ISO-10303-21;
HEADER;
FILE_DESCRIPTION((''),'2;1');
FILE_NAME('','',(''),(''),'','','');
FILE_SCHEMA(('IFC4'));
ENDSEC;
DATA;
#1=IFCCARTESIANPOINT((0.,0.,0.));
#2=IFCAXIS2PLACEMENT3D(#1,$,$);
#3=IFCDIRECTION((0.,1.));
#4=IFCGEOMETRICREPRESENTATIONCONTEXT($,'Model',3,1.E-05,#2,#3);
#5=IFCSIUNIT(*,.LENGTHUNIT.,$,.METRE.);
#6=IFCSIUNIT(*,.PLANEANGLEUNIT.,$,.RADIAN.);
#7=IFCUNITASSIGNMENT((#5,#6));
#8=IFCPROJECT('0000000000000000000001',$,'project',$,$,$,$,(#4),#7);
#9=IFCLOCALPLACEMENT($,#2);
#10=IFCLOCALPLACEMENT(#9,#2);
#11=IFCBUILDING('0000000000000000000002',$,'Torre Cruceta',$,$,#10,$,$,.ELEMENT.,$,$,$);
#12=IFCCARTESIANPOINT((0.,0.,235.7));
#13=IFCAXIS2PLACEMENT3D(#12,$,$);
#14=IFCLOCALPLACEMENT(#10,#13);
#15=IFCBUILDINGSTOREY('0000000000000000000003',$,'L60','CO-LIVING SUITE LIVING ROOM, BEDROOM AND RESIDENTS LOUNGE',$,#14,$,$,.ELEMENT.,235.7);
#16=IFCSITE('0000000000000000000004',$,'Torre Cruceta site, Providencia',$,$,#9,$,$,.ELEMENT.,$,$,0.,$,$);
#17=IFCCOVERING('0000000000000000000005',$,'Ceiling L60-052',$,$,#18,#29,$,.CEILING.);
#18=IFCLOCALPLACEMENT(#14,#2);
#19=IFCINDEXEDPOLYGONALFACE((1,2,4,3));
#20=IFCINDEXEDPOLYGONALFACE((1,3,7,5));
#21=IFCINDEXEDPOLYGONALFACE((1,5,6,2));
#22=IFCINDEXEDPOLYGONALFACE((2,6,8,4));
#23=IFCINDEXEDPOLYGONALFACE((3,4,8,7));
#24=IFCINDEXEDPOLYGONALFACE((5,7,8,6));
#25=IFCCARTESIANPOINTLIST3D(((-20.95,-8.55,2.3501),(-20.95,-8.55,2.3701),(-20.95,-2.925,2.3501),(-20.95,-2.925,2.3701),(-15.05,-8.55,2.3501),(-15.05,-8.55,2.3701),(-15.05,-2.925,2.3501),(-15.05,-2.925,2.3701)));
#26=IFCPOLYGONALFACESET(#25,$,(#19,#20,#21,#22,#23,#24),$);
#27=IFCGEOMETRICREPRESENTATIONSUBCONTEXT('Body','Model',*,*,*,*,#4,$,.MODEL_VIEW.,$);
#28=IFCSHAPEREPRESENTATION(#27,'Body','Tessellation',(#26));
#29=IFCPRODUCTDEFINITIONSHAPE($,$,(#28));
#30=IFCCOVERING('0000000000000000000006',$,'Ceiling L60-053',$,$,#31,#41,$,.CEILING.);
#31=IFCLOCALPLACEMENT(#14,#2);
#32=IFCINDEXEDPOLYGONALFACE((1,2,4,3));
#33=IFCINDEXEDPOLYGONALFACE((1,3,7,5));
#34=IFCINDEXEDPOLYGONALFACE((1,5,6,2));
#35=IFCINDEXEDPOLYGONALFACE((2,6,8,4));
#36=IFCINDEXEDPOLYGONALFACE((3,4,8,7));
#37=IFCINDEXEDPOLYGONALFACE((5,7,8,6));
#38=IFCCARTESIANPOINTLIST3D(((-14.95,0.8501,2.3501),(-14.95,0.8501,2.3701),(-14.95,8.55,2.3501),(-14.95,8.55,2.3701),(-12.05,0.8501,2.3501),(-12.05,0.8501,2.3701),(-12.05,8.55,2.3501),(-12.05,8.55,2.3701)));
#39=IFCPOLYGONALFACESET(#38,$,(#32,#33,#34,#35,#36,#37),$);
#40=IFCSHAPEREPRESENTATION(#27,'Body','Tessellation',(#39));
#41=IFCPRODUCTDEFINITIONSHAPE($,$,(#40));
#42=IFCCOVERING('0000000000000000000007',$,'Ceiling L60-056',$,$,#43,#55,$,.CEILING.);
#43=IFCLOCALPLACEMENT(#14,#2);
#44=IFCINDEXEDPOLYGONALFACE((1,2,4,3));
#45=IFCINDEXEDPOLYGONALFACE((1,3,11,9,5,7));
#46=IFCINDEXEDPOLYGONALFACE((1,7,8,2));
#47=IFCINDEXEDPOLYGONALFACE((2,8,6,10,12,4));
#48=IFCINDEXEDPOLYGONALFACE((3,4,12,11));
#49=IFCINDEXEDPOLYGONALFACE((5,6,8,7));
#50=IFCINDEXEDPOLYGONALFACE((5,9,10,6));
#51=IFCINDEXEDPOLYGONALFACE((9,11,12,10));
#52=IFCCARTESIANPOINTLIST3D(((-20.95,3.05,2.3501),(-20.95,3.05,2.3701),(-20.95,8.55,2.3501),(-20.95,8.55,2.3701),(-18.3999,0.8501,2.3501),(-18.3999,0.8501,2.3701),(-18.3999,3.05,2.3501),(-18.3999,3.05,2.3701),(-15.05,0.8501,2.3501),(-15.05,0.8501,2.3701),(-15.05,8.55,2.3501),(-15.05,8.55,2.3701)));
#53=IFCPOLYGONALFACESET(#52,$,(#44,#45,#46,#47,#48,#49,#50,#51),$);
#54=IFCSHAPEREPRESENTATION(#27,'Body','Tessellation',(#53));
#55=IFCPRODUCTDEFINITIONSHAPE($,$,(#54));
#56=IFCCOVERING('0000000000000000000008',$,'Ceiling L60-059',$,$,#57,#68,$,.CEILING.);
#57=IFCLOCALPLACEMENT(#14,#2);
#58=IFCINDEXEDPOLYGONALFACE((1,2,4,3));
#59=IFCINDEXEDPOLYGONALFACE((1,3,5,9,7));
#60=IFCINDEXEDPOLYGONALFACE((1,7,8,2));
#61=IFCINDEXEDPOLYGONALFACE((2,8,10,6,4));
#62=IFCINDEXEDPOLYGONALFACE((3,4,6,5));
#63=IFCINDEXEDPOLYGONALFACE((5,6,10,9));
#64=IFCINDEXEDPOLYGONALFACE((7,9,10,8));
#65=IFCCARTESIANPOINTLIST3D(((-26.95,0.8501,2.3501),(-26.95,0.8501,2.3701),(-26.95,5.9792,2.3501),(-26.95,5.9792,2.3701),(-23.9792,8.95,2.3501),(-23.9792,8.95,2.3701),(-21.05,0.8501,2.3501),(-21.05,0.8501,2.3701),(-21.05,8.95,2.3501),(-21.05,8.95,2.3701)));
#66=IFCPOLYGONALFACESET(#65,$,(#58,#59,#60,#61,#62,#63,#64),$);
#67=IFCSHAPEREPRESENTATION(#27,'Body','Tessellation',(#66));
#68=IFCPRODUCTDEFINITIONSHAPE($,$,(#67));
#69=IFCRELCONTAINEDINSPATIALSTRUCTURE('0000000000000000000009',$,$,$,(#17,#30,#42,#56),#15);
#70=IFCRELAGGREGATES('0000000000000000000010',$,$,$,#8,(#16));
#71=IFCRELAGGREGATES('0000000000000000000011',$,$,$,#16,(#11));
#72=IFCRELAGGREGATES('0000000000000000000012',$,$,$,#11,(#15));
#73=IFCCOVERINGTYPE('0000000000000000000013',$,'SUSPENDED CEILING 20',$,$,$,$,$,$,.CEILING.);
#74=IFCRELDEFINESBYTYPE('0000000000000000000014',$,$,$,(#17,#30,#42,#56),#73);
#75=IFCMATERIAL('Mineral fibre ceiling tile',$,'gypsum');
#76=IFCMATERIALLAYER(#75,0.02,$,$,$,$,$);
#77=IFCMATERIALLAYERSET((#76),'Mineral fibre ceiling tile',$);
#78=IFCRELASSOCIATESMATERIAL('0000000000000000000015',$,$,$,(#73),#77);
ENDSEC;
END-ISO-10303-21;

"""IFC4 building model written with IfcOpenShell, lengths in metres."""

from ifc_helpers import new_model, si_unit, direction, frame, origin, place, context, subcontext, project, spatial, polyline, outline, extrude, material, layer, layer_set, type_object, element, save


model = new_model("IFC4")

# Units and contexts
model_context = context("Model", 3, precision=1e-05, world=origin(), true_north=direction((0.0, 1.0)))
body_context = subcontext(model_context, "Body", "Model", "MODEL_VIEW")
ifc_project = project(units=[si_unit("LENGTHUNIT", "METRE"), si_unit("PLANEANGLEUNIT", "RADIAN")], contexts=[model_context])

# Site, building, storey
site_placement = place(None, origin())
site = spatial("IfcSite", under=ifc_project, at=site_placement, Name="Torre Cruceta site, Providencia", CompositionType="ELEMENT", RefElevation=0.0)
building_placement = place(site_placement, origin())
building = spatial("IfcBuilding", under=site, at=building_placement, Name="Torre Cruceta", CompositionType="ELEMENT")
storey_placement = place(building_placement, frame((0.0, 0.0, 235.7)))
storey = spatial("IfcBuildingStorey", under=building, at=storey_placement, Name="L60", Description="CO-LIVING SUITE LIVING ROOM, BEDROOM AND RESIDENTS LOUNGE", CompositionType="ELEMENT", Elevation=235.7)

# Coverings
ifc_material_1 = material(Name="Mineral fibre ceiling tile", Category="gypsum")
ifc_layer_1 = layer(ifc_material_1, 0.02)
ifc_layer_set_1 = layer_set([ifc_layer_1], Name="Mineral fibre ceiling tile")
covering_type_1 = type_object("IfcCoveringType", Name="SUSPENDED CEILING 20", PredefinedType="CEILING", material=ifc_layer_set_1)
covering_1_placement = place(storey_placement, frame((0.0, 0.0, 2.3501)))
element("IfcCovering", 1, at=covering_1_placement, inside=storey, type_object=covering_type_1, Name="Ceiling L60-052", PredefinedType="CEILING", context=body_context, shape_type="SweptSolid", body=[
    extrude(outline(polyline([(-15.05, -2.925), (-15.05, -8.55), (-20.95, -8.55), (-20.95, -2.925), (-15.05, -2.925)])), origin(), (0.0, 0.0, 1.0), 0.02),
])
covering_2_placement = place(storey_placement, frame((0.0, 0.0, 2.3501)))
element("IfcCovering", 2, at=covering_2_placement, inside=storey, type_object=covering_type_1, Name="Ceiling L60-053", PredefinedType="CEILING", context=body_context, shape_type="SweptSolid", body=[
    extrude(outline(polyline([(-14.95, 8.55), (-12.05, 8.55), (-12.05, 0.8501), (-14.95, 0.8501), (-14.95, 8.55)])), origin(), (0.0, 0.0, 1.0), 0.02),
])
covering_3_placement = place(storey_placement, frame((0.0, 0.0, 2.3501)))
element("IfcCovering", 3, at=covering_3_placement, inside=storey, type_object=covering_type_1, Name="Ceiling L60-056", PredefinedType="CEILING", context=body_context, shape_type="SweptSolid", body=[
    extrude(outline(polyline([(-20.95, 8.55), (-15.05, 8.55), (-15.05, 0.8501), (-18.3999, 0.8501), (-18.3999, 3.05), (-20.95, 3.05), (-20.95, 8.55)])), origin(), (0.0, 0.0, 1.0), 0.02),
])
covering_4_placement = place(storey_placement, frame((0.0, 0.0, 2.3501)))
element("IfcCovering", 4, at=covering_4_placement, inside=storey, type_object=covering_type_1, Name="Ceiling L60-059", PredefinedType="CEILING", context=body_context, shape_type="SweptSolid", body=[
    extrude(outline(polyline([(-23.9792, 8.95), (-21.05, 8.95), (-21.05, 0.8501), (-26.95, 0.8501), (-26.95, 5.9792), (-23.9792, 8.95)])), origin(), (0.0, 0.0, 1.0), 0.02),
])

save(model, "model.ifc")
